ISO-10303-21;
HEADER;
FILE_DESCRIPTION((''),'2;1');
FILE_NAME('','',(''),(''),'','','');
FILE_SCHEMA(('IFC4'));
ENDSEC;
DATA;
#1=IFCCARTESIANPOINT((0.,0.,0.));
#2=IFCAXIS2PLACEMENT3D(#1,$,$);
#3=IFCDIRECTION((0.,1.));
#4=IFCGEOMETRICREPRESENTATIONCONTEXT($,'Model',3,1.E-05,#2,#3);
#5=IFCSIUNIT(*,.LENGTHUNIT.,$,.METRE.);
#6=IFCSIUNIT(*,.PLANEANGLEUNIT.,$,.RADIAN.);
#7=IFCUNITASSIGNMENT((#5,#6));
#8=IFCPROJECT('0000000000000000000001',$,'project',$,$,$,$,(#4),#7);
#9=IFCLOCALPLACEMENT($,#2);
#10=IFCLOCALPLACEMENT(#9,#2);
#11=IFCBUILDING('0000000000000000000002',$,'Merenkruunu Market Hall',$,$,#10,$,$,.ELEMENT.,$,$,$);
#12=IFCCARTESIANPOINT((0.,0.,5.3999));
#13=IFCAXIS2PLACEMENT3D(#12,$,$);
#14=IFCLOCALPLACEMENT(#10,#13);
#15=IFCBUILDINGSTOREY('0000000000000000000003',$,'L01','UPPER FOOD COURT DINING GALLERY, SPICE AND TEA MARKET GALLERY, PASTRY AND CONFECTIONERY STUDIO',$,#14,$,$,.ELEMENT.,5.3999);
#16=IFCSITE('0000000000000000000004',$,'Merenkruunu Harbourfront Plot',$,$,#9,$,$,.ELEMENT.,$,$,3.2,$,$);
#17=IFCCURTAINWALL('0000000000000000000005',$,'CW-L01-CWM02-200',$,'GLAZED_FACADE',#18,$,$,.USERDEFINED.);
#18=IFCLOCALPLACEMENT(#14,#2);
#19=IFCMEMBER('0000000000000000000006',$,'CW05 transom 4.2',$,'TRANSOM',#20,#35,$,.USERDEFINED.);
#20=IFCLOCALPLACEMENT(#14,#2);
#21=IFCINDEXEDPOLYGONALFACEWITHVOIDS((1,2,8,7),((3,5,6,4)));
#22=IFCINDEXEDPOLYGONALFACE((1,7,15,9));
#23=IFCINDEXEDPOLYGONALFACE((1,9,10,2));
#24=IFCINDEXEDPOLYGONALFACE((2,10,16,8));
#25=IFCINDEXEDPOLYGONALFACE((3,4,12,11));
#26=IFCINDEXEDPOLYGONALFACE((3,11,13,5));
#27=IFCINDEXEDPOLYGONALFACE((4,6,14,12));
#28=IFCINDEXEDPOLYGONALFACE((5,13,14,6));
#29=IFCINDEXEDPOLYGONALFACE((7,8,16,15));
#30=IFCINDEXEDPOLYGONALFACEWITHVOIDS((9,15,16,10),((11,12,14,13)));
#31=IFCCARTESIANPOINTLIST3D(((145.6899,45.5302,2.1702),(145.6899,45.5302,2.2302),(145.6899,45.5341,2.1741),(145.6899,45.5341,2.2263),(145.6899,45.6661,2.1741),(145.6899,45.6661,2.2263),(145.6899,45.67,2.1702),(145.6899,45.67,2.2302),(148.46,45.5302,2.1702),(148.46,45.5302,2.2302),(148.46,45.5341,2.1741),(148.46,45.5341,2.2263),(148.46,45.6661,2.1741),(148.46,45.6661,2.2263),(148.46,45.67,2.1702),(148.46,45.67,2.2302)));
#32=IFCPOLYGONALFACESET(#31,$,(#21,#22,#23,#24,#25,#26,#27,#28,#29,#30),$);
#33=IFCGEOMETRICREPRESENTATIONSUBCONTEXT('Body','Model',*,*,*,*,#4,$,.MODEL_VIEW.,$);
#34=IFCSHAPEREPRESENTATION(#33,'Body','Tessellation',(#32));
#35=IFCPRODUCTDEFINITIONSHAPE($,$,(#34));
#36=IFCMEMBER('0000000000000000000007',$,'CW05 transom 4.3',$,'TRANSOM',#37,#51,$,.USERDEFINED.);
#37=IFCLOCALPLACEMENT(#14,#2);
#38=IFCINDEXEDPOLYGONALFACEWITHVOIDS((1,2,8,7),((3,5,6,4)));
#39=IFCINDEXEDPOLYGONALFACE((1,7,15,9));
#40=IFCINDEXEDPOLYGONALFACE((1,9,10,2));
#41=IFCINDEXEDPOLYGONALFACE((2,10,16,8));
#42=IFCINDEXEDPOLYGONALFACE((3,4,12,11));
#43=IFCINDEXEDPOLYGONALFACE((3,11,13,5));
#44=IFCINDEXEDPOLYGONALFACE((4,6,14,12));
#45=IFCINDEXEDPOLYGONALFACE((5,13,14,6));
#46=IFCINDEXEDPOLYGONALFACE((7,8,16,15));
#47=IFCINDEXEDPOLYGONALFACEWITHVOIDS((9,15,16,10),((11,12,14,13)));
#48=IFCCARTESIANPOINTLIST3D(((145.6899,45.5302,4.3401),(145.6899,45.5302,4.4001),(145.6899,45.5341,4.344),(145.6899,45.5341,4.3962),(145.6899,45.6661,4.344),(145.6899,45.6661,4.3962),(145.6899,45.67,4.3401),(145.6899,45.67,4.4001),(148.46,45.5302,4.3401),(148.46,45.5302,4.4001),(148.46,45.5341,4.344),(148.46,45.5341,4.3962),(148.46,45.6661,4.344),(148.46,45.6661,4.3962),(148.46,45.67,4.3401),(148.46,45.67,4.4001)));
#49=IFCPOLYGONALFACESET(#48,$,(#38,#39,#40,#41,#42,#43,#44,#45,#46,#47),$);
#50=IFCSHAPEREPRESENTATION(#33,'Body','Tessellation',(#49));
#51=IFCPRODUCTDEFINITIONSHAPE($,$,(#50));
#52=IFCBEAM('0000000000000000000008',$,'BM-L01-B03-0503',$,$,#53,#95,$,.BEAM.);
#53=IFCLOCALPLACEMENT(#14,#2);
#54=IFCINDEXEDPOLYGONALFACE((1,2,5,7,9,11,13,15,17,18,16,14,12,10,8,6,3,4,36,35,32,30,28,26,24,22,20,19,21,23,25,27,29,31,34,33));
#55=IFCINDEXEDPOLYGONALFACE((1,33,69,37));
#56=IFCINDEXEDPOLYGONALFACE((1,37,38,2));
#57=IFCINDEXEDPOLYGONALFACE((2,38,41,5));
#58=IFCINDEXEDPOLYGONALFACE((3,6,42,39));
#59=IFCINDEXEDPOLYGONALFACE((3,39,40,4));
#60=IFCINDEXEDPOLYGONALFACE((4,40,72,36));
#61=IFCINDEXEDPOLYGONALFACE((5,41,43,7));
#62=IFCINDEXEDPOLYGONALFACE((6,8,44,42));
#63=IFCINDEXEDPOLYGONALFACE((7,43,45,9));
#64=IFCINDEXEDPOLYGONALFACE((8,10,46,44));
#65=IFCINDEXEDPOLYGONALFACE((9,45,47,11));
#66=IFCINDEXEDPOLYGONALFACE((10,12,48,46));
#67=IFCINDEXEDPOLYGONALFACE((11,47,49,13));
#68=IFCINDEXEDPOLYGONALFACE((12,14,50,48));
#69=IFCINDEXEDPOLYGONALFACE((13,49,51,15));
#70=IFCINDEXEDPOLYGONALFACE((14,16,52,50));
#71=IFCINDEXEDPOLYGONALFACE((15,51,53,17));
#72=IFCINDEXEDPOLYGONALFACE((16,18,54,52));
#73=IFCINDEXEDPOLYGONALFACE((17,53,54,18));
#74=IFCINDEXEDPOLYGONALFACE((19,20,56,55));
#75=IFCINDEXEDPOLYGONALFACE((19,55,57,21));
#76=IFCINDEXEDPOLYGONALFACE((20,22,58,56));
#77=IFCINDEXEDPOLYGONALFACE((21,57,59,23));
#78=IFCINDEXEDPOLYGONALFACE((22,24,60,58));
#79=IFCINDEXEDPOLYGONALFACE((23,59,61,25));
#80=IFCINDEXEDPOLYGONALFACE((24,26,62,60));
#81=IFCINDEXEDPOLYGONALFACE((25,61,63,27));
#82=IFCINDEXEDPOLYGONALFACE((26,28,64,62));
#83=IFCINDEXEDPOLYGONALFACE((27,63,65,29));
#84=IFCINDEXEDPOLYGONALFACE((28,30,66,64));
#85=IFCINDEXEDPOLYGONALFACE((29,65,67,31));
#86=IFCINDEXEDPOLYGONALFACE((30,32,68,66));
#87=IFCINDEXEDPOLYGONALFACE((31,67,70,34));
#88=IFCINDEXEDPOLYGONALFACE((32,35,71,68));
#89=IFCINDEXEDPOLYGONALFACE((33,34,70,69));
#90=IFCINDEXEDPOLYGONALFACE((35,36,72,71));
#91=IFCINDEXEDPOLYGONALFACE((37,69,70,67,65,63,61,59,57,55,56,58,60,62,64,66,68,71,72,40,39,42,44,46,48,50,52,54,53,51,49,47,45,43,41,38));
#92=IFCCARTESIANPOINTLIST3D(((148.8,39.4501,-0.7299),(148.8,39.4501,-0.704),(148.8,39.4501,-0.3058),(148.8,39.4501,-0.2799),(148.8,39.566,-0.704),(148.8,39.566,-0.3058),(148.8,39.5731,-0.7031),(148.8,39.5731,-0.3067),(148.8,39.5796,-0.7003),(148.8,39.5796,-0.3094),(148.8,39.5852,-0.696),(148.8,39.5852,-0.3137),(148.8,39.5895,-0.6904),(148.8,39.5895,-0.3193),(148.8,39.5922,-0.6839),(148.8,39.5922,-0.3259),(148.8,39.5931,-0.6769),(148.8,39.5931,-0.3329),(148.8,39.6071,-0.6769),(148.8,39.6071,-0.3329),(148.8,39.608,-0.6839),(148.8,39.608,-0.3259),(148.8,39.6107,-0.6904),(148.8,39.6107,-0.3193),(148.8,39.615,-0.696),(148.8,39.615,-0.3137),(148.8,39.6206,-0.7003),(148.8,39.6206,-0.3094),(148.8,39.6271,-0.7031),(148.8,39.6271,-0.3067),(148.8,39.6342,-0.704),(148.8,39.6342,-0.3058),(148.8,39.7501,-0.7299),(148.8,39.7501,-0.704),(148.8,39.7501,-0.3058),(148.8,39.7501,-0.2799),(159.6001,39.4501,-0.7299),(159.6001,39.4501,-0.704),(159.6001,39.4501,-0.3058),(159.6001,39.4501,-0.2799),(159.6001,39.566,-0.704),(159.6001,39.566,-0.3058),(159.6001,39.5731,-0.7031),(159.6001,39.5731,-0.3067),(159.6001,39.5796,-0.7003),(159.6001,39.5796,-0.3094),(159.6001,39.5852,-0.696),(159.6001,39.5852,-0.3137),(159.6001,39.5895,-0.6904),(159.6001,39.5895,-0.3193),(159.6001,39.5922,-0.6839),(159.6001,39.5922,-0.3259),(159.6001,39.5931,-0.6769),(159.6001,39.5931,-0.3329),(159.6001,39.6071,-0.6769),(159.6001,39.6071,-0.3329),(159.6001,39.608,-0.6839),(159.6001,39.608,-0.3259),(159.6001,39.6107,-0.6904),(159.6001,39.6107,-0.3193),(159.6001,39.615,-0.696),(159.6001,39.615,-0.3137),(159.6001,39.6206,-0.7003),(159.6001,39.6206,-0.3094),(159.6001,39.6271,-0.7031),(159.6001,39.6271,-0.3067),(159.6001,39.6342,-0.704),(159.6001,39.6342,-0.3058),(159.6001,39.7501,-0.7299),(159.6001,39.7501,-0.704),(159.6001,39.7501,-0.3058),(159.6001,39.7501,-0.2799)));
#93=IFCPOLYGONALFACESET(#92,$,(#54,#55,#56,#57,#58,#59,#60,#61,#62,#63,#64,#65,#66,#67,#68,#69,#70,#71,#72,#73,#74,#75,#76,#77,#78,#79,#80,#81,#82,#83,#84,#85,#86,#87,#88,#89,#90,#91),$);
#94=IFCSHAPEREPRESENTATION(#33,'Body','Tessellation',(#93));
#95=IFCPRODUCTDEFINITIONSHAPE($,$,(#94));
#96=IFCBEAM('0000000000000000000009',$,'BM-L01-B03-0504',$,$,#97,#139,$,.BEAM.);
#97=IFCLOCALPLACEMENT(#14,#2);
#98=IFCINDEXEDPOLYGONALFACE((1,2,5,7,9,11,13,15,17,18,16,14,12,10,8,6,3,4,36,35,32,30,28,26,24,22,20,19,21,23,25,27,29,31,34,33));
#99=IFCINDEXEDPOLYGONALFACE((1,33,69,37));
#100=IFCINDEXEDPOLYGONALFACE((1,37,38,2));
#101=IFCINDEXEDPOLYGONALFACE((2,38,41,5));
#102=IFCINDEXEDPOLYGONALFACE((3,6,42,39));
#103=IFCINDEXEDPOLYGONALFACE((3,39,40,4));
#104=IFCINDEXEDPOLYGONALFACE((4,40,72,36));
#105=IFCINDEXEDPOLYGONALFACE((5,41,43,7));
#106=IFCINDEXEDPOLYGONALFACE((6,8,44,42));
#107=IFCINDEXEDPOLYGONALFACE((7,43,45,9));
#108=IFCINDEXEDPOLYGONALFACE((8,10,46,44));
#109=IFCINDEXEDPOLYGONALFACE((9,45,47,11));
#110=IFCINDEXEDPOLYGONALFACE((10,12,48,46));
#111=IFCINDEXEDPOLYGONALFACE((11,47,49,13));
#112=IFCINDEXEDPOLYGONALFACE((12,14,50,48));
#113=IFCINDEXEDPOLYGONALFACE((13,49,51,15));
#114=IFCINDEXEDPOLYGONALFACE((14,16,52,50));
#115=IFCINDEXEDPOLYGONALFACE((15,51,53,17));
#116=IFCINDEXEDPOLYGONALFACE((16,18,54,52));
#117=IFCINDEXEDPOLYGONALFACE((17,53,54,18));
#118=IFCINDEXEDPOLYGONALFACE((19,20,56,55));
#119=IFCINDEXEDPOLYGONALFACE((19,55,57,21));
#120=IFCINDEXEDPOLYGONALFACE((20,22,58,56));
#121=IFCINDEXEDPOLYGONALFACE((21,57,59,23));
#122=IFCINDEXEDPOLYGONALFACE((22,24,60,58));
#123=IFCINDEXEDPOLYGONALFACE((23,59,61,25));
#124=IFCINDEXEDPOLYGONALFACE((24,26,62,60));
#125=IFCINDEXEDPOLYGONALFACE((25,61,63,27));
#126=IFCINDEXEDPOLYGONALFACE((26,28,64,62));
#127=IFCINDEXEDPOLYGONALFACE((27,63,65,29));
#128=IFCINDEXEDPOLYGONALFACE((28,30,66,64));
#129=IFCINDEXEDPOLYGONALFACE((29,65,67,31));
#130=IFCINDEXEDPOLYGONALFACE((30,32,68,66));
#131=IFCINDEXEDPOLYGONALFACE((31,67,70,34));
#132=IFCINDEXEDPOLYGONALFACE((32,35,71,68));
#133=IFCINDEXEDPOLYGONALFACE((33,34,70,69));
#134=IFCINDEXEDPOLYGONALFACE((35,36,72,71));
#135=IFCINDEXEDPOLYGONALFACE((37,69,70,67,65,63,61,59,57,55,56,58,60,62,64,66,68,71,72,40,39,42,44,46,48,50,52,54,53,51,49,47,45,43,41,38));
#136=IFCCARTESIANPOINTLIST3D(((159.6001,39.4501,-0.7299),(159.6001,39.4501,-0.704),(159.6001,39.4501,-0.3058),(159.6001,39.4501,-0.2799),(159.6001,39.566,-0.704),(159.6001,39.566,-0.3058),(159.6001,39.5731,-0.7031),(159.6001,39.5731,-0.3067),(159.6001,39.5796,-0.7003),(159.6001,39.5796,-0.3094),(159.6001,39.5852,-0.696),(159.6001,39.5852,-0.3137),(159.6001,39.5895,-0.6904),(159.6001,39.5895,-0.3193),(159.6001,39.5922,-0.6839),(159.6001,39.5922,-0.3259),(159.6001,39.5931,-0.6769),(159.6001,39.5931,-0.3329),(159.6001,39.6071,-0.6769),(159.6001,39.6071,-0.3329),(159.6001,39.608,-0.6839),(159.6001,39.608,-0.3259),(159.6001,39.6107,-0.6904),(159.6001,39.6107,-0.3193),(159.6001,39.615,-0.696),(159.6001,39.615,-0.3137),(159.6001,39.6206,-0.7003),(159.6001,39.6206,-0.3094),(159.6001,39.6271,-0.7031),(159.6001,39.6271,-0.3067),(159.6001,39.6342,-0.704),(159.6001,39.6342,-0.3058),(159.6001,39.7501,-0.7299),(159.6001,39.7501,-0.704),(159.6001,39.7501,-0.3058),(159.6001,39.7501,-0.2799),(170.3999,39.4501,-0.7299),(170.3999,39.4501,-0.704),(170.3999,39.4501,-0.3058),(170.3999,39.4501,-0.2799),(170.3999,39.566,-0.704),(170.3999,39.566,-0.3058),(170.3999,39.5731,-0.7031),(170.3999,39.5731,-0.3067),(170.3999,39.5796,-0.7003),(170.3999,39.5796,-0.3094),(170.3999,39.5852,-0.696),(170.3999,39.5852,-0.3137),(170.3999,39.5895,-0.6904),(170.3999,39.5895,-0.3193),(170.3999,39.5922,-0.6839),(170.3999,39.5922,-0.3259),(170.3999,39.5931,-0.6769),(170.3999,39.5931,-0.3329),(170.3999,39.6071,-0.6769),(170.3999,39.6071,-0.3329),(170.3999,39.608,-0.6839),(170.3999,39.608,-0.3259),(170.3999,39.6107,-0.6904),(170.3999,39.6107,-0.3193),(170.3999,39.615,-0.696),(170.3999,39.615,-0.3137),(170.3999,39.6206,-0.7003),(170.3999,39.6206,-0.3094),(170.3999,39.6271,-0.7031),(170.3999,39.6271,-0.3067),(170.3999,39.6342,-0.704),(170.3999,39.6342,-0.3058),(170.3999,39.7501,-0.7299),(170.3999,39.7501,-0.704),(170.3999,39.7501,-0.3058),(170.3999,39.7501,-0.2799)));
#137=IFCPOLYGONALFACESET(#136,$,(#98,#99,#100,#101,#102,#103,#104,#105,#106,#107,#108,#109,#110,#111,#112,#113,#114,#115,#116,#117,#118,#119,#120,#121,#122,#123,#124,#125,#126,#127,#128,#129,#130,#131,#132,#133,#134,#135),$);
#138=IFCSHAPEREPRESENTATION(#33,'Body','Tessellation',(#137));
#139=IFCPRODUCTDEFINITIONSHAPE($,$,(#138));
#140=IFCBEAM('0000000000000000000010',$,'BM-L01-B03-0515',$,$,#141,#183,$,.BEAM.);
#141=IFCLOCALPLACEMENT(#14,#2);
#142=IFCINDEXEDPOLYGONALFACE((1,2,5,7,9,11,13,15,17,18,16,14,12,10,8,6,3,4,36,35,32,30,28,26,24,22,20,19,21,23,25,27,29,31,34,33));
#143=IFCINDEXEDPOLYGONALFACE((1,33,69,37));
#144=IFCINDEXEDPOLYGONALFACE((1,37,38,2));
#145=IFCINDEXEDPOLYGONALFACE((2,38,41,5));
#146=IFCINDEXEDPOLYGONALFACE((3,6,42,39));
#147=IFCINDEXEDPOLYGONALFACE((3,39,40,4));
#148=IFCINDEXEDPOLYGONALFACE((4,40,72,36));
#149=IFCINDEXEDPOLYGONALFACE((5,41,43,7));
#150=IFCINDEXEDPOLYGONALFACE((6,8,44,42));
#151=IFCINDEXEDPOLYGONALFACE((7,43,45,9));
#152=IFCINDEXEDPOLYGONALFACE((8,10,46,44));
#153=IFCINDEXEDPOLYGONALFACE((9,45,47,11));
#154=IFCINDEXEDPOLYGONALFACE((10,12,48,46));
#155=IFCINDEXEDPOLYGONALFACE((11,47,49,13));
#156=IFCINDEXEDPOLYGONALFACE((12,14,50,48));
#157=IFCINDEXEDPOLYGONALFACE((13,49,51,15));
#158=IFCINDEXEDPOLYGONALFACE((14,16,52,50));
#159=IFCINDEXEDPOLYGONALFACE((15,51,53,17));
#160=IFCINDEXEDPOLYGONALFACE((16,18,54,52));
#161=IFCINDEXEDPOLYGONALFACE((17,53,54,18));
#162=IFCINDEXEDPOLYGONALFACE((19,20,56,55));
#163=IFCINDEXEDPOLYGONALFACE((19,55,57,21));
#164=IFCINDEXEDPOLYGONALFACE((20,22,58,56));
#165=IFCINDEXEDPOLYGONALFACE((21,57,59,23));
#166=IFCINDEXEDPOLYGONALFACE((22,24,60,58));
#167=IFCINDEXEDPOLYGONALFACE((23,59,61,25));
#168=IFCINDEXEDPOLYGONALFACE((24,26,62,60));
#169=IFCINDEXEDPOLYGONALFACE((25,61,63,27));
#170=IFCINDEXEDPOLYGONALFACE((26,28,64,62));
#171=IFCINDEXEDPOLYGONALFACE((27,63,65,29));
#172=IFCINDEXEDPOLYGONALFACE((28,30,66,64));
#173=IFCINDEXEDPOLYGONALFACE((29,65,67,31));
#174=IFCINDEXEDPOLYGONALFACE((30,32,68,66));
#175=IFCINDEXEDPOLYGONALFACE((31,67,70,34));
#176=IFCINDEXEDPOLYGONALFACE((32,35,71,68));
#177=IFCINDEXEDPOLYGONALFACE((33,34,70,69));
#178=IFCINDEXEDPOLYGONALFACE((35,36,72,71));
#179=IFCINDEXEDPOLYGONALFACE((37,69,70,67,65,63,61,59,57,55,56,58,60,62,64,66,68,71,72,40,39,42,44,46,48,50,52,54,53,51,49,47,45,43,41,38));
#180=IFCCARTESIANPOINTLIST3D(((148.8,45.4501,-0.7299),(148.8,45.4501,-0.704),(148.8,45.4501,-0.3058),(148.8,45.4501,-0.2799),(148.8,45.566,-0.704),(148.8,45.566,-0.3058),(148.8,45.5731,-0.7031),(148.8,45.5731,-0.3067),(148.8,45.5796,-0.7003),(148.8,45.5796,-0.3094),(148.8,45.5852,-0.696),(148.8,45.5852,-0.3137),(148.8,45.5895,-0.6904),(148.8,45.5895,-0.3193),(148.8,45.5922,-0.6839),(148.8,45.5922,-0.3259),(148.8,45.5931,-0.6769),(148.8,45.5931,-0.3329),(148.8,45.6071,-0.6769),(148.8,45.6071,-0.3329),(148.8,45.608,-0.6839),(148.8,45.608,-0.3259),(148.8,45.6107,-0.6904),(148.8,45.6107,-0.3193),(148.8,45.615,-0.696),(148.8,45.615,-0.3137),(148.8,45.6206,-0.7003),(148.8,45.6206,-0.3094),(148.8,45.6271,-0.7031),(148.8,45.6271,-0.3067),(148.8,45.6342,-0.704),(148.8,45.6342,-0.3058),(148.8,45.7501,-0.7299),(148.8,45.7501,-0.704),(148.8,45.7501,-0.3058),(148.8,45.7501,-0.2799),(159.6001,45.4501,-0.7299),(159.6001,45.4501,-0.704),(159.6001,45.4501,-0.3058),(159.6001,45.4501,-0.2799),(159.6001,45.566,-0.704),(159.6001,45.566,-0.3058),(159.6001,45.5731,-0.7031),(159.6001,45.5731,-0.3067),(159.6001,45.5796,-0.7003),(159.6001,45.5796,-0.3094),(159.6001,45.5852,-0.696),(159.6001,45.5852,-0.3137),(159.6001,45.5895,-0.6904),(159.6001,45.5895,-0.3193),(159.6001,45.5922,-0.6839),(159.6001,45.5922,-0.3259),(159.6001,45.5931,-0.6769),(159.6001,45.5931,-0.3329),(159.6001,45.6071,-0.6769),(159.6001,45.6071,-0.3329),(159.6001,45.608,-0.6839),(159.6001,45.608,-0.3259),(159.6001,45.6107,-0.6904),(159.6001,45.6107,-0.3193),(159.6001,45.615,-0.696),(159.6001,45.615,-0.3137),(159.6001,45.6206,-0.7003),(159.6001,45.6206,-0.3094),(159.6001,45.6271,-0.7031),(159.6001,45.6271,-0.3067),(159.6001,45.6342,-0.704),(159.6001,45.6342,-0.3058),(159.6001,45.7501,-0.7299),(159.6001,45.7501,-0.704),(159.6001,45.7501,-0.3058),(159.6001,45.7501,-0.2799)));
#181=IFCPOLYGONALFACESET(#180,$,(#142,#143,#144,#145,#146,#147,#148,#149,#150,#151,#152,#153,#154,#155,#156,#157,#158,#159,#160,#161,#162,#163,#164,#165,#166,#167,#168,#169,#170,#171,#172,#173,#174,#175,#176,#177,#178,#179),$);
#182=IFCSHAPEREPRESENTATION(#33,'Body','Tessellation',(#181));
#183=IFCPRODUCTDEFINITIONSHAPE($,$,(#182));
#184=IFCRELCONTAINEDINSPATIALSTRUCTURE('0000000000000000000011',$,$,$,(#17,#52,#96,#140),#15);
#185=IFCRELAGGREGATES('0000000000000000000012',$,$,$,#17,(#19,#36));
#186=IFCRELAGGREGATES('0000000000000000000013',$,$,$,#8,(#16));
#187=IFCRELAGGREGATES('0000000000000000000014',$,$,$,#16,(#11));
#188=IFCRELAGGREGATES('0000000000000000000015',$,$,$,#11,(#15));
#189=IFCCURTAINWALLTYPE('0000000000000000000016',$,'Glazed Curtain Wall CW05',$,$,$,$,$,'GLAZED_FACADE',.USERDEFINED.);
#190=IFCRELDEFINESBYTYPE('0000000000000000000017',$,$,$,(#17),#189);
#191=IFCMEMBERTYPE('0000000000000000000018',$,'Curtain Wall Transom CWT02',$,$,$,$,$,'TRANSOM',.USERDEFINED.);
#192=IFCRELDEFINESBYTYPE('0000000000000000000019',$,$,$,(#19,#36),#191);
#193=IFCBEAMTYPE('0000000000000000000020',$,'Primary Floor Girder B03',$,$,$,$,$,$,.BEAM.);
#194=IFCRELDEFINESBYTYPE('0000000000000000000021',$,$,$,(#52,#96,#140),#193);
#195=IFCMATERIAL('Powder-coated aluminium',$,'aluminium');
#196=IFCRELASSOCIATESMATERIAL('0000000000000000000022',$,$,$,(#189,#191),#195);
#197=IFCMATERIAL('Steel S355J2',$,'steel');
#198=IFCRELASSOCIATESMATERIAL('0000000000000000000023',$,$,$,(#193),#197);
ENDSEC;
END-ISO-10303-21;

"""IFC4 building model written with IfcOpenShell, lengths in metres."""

from ifc_helpers import new_model, si_unit, direction, frame, origin, origin_2d, place, context, subcontext, project, spatial, hollow_rectangle, i_section, extrude, material, material_profile, profile_set, type_object, element, aggregate, save


model = new_model("IFC4")

# Units and contexts
model_context = context("Model", 3, precision=1e-05, world=origin(), true_north=direction((0.0, 1.0)))
body_context = subcontext(model_context, "Body", "Model", "MODEL_VIEW")
ifc_project = project(units=[si_unit("LENGTHUNIT", "METRE"), si_unit("PLANEANGLEUNIT", "RADIAN")], contexts=[model_context])

# Site, building, storey
site_placement = place(None, origin())
site = spatial("IfcSite", under=ifc_project, at=site_placement, Name="Merenkruunu Harbourfront Plot", CompositionType="ELEMENT", RefElevation=3.2)
building_placement = place(site_placement, origin())
building = spatial("IfcBuilding", under=site, at=building_placement, Name="Merenkruunu Market Hall", CompositionType="ELEMENT")
storey_placement = place(building_placement, frame((0.0, 0.0, 5.3999)))
storey = spatial("IfcBuildingStorey", under=building, at=storey_placement, Name="L01", Description="UPPER FOOD COURT DINING GALLERY, SPICE AND TEA MARKET GALLERY, PASTRY AND CONFECTIONERY STUDIO", CompositionType="ELEMENT", Elevation=5.3999)

# Shared definitions
ifc_material_1 = material(Name="Steel S355J2", Category="steel")

# Curtain wall
ifc_material_2 = material(Name="Powder-coated aluminium", Category="aluminium")
curtain_wall_type_1 = type_object("IfcCurtainWallType", Name="Glazed Curtain Wall CW05", ElementType="GLAZED_FACADE", PredefinedType="USERDEFINED", material=ifc_material_2)
curtain_wall_1_placement = place(storey_placement, origin())
curtain_wall_1 = element("IfcCurtainWall", 1, at=curtain_wall_1_placement, inside=storey, type_object=curtain_wall_type_1, Name="CW-L01-CWM02-200", ObjectType="GLAZED_FACADE", PredefinedType="USERDEFINED")

# Members
ifc_material_profile_1 = material_profile(ifc_material_2, hollow_rectangle(XDim=0.0601, YDim=0.1399, WallThickness=0.0039, at=origin_2d()), Name="ALU 60x140x4")
ifc_profile_set_1 = profile_set([ifc_material_profile_1], Name="Powder-coated aluminium")
member_type_1 = type_object("IfcMemberType", Name="Curtain Wall Transom CWT02", ElementType="TRANSOM", PredefinedType="USERDEFINED", material=ifc_profile_set_1)
member_1_placement = place(storey_placement, frame((145.6899, 45.6001, 2.2002), z_axis=(1.0, 0.0, 0.0), x_axis=(0.0, 0.0, 1.0)))
member_1 = element("IfcMember", 2, at=member_1_placement, type_object=member_type_1, Name="CW05 transom 4.2", ObjectType="TRANSOM", PredefinedType="USERDEFINED", context=body_context, shape_type="SweptSolid", body=[
    extrude(hollow_rectangle(XDim=0.0601, YDim=0.1399, WallThickness=0.0039, at=origin_2d()), origin(), (0.0, 0.0, 1.0), 2.77),
])
member_2_placement = place(storey_placement, frame((145.6899, 45.6001, 4.3701), z_axis=(1.0, 0.0, 0.0), x_axis=(0.0, 0.0, 1.0)))
member_2 = element("IfcMember", 3, at=member_2_placement, type_object=member_type_1, Name="CW05 transom 4.3", ObjectType="TRANSOM", PredefinedType="USERDEFINED", context=body_context, shape_type="SweptSolid", body=[
    extrude(hollow_rectangle(XDim=0.0601, YDim=0.1399, WallThickness=0.0039, at=origin_2d()), origin(), (0.0, 0.0, 1.0), 2.77),
])

# Beams
ifc_material_profile_2 = material_profile(ifc_material_1, i_section(OverallWidth=0.3, OverallDepth=0.45, WebThickness=0.0139, FlangeThickness=0.0259, FilletRadius=0.0271, at=origin_2d()), Name="HEB 450")
ifc_profile_set_2 = profile_set([ifc_material_profile_2], Name="Steel S355J2")
beam_type_1 = type_object("IfcBeamType", Name="Primary Floor Girder B03", PredefinedType="BEAM", material=ifc_profile_set_2)
beam_1_placement = place(storey_placement, frame((148.8, 39.6001, -0.5049), z_axis=(1.0, 0.0, 0.0), x_axis=(0.0, 1.0, 0.0)))
element("IfcBeam", 4, at=beam_1_placement, inside=storey, type_object=beam_type_1, Name="BM-L01-B03-0503", PredefinedType="BEAM", context=body_context, shape_type="SweptSolid", body=[
    extrude(i_section(OverallWidth=0.3, OverallDepth=0.45, WebThickness=0.0139, FlangeThickness=0.0259, FilletRadius=0.0271, at=origin_2d()), origin(), (0.0, 0.0, 1.0), 10.8),
])
beam_2_placement = place(storey_placement, frame((159.6001, 39.6001, -0.5049), z_axis=(1.0, 0.0, 0.0), x_axis=(0.0, 1.0, 0.0)))
element("IfcBeam", 5, at=beam_2_placement, inside=storey, type_object=beam_type_1, Name="BM-L01-B03-0504", PredefinedType="BEAM", context=body_context, shape_type="SweptSolid", body=[
    extrude(i_section(OverallWidth=0.3, OverallDepth=0.45, WebThickness=0.0139, FlangeThickness=0.0259, FilletRadius=0.0271, at=origin_2d()), origin(), (0.0, 0.0, 1.0), 10.7998),
])
beam_3_placement = place(storey_placement, frame((148.8, 45.6001, -0.5049), z_axis=(1.0, 0.0, 0.0), x_axis=(0.0, 1.0, 0.0)))
element("IfcBeam", 6, at=beam_3_placement, inside=storey, type_object=beam_type_1, Name="BM-L01-B03-0515", PredefinedType="BEAM", context=body_context, shape_type="SweptSolid", body=[
    extrude(i_section(OverallWidth=0.3, OverallDepth=0.45, WebThickness=0.0139, FlangeThickness=0.0259, FilletRadius=0.0271, at=origin_2d()), origin(), (0.0, 0.0, 1.0), 10.8),
])

aggregate(curtain_wall_1, [member_1, member_2])

save(model, "model.ifc")
